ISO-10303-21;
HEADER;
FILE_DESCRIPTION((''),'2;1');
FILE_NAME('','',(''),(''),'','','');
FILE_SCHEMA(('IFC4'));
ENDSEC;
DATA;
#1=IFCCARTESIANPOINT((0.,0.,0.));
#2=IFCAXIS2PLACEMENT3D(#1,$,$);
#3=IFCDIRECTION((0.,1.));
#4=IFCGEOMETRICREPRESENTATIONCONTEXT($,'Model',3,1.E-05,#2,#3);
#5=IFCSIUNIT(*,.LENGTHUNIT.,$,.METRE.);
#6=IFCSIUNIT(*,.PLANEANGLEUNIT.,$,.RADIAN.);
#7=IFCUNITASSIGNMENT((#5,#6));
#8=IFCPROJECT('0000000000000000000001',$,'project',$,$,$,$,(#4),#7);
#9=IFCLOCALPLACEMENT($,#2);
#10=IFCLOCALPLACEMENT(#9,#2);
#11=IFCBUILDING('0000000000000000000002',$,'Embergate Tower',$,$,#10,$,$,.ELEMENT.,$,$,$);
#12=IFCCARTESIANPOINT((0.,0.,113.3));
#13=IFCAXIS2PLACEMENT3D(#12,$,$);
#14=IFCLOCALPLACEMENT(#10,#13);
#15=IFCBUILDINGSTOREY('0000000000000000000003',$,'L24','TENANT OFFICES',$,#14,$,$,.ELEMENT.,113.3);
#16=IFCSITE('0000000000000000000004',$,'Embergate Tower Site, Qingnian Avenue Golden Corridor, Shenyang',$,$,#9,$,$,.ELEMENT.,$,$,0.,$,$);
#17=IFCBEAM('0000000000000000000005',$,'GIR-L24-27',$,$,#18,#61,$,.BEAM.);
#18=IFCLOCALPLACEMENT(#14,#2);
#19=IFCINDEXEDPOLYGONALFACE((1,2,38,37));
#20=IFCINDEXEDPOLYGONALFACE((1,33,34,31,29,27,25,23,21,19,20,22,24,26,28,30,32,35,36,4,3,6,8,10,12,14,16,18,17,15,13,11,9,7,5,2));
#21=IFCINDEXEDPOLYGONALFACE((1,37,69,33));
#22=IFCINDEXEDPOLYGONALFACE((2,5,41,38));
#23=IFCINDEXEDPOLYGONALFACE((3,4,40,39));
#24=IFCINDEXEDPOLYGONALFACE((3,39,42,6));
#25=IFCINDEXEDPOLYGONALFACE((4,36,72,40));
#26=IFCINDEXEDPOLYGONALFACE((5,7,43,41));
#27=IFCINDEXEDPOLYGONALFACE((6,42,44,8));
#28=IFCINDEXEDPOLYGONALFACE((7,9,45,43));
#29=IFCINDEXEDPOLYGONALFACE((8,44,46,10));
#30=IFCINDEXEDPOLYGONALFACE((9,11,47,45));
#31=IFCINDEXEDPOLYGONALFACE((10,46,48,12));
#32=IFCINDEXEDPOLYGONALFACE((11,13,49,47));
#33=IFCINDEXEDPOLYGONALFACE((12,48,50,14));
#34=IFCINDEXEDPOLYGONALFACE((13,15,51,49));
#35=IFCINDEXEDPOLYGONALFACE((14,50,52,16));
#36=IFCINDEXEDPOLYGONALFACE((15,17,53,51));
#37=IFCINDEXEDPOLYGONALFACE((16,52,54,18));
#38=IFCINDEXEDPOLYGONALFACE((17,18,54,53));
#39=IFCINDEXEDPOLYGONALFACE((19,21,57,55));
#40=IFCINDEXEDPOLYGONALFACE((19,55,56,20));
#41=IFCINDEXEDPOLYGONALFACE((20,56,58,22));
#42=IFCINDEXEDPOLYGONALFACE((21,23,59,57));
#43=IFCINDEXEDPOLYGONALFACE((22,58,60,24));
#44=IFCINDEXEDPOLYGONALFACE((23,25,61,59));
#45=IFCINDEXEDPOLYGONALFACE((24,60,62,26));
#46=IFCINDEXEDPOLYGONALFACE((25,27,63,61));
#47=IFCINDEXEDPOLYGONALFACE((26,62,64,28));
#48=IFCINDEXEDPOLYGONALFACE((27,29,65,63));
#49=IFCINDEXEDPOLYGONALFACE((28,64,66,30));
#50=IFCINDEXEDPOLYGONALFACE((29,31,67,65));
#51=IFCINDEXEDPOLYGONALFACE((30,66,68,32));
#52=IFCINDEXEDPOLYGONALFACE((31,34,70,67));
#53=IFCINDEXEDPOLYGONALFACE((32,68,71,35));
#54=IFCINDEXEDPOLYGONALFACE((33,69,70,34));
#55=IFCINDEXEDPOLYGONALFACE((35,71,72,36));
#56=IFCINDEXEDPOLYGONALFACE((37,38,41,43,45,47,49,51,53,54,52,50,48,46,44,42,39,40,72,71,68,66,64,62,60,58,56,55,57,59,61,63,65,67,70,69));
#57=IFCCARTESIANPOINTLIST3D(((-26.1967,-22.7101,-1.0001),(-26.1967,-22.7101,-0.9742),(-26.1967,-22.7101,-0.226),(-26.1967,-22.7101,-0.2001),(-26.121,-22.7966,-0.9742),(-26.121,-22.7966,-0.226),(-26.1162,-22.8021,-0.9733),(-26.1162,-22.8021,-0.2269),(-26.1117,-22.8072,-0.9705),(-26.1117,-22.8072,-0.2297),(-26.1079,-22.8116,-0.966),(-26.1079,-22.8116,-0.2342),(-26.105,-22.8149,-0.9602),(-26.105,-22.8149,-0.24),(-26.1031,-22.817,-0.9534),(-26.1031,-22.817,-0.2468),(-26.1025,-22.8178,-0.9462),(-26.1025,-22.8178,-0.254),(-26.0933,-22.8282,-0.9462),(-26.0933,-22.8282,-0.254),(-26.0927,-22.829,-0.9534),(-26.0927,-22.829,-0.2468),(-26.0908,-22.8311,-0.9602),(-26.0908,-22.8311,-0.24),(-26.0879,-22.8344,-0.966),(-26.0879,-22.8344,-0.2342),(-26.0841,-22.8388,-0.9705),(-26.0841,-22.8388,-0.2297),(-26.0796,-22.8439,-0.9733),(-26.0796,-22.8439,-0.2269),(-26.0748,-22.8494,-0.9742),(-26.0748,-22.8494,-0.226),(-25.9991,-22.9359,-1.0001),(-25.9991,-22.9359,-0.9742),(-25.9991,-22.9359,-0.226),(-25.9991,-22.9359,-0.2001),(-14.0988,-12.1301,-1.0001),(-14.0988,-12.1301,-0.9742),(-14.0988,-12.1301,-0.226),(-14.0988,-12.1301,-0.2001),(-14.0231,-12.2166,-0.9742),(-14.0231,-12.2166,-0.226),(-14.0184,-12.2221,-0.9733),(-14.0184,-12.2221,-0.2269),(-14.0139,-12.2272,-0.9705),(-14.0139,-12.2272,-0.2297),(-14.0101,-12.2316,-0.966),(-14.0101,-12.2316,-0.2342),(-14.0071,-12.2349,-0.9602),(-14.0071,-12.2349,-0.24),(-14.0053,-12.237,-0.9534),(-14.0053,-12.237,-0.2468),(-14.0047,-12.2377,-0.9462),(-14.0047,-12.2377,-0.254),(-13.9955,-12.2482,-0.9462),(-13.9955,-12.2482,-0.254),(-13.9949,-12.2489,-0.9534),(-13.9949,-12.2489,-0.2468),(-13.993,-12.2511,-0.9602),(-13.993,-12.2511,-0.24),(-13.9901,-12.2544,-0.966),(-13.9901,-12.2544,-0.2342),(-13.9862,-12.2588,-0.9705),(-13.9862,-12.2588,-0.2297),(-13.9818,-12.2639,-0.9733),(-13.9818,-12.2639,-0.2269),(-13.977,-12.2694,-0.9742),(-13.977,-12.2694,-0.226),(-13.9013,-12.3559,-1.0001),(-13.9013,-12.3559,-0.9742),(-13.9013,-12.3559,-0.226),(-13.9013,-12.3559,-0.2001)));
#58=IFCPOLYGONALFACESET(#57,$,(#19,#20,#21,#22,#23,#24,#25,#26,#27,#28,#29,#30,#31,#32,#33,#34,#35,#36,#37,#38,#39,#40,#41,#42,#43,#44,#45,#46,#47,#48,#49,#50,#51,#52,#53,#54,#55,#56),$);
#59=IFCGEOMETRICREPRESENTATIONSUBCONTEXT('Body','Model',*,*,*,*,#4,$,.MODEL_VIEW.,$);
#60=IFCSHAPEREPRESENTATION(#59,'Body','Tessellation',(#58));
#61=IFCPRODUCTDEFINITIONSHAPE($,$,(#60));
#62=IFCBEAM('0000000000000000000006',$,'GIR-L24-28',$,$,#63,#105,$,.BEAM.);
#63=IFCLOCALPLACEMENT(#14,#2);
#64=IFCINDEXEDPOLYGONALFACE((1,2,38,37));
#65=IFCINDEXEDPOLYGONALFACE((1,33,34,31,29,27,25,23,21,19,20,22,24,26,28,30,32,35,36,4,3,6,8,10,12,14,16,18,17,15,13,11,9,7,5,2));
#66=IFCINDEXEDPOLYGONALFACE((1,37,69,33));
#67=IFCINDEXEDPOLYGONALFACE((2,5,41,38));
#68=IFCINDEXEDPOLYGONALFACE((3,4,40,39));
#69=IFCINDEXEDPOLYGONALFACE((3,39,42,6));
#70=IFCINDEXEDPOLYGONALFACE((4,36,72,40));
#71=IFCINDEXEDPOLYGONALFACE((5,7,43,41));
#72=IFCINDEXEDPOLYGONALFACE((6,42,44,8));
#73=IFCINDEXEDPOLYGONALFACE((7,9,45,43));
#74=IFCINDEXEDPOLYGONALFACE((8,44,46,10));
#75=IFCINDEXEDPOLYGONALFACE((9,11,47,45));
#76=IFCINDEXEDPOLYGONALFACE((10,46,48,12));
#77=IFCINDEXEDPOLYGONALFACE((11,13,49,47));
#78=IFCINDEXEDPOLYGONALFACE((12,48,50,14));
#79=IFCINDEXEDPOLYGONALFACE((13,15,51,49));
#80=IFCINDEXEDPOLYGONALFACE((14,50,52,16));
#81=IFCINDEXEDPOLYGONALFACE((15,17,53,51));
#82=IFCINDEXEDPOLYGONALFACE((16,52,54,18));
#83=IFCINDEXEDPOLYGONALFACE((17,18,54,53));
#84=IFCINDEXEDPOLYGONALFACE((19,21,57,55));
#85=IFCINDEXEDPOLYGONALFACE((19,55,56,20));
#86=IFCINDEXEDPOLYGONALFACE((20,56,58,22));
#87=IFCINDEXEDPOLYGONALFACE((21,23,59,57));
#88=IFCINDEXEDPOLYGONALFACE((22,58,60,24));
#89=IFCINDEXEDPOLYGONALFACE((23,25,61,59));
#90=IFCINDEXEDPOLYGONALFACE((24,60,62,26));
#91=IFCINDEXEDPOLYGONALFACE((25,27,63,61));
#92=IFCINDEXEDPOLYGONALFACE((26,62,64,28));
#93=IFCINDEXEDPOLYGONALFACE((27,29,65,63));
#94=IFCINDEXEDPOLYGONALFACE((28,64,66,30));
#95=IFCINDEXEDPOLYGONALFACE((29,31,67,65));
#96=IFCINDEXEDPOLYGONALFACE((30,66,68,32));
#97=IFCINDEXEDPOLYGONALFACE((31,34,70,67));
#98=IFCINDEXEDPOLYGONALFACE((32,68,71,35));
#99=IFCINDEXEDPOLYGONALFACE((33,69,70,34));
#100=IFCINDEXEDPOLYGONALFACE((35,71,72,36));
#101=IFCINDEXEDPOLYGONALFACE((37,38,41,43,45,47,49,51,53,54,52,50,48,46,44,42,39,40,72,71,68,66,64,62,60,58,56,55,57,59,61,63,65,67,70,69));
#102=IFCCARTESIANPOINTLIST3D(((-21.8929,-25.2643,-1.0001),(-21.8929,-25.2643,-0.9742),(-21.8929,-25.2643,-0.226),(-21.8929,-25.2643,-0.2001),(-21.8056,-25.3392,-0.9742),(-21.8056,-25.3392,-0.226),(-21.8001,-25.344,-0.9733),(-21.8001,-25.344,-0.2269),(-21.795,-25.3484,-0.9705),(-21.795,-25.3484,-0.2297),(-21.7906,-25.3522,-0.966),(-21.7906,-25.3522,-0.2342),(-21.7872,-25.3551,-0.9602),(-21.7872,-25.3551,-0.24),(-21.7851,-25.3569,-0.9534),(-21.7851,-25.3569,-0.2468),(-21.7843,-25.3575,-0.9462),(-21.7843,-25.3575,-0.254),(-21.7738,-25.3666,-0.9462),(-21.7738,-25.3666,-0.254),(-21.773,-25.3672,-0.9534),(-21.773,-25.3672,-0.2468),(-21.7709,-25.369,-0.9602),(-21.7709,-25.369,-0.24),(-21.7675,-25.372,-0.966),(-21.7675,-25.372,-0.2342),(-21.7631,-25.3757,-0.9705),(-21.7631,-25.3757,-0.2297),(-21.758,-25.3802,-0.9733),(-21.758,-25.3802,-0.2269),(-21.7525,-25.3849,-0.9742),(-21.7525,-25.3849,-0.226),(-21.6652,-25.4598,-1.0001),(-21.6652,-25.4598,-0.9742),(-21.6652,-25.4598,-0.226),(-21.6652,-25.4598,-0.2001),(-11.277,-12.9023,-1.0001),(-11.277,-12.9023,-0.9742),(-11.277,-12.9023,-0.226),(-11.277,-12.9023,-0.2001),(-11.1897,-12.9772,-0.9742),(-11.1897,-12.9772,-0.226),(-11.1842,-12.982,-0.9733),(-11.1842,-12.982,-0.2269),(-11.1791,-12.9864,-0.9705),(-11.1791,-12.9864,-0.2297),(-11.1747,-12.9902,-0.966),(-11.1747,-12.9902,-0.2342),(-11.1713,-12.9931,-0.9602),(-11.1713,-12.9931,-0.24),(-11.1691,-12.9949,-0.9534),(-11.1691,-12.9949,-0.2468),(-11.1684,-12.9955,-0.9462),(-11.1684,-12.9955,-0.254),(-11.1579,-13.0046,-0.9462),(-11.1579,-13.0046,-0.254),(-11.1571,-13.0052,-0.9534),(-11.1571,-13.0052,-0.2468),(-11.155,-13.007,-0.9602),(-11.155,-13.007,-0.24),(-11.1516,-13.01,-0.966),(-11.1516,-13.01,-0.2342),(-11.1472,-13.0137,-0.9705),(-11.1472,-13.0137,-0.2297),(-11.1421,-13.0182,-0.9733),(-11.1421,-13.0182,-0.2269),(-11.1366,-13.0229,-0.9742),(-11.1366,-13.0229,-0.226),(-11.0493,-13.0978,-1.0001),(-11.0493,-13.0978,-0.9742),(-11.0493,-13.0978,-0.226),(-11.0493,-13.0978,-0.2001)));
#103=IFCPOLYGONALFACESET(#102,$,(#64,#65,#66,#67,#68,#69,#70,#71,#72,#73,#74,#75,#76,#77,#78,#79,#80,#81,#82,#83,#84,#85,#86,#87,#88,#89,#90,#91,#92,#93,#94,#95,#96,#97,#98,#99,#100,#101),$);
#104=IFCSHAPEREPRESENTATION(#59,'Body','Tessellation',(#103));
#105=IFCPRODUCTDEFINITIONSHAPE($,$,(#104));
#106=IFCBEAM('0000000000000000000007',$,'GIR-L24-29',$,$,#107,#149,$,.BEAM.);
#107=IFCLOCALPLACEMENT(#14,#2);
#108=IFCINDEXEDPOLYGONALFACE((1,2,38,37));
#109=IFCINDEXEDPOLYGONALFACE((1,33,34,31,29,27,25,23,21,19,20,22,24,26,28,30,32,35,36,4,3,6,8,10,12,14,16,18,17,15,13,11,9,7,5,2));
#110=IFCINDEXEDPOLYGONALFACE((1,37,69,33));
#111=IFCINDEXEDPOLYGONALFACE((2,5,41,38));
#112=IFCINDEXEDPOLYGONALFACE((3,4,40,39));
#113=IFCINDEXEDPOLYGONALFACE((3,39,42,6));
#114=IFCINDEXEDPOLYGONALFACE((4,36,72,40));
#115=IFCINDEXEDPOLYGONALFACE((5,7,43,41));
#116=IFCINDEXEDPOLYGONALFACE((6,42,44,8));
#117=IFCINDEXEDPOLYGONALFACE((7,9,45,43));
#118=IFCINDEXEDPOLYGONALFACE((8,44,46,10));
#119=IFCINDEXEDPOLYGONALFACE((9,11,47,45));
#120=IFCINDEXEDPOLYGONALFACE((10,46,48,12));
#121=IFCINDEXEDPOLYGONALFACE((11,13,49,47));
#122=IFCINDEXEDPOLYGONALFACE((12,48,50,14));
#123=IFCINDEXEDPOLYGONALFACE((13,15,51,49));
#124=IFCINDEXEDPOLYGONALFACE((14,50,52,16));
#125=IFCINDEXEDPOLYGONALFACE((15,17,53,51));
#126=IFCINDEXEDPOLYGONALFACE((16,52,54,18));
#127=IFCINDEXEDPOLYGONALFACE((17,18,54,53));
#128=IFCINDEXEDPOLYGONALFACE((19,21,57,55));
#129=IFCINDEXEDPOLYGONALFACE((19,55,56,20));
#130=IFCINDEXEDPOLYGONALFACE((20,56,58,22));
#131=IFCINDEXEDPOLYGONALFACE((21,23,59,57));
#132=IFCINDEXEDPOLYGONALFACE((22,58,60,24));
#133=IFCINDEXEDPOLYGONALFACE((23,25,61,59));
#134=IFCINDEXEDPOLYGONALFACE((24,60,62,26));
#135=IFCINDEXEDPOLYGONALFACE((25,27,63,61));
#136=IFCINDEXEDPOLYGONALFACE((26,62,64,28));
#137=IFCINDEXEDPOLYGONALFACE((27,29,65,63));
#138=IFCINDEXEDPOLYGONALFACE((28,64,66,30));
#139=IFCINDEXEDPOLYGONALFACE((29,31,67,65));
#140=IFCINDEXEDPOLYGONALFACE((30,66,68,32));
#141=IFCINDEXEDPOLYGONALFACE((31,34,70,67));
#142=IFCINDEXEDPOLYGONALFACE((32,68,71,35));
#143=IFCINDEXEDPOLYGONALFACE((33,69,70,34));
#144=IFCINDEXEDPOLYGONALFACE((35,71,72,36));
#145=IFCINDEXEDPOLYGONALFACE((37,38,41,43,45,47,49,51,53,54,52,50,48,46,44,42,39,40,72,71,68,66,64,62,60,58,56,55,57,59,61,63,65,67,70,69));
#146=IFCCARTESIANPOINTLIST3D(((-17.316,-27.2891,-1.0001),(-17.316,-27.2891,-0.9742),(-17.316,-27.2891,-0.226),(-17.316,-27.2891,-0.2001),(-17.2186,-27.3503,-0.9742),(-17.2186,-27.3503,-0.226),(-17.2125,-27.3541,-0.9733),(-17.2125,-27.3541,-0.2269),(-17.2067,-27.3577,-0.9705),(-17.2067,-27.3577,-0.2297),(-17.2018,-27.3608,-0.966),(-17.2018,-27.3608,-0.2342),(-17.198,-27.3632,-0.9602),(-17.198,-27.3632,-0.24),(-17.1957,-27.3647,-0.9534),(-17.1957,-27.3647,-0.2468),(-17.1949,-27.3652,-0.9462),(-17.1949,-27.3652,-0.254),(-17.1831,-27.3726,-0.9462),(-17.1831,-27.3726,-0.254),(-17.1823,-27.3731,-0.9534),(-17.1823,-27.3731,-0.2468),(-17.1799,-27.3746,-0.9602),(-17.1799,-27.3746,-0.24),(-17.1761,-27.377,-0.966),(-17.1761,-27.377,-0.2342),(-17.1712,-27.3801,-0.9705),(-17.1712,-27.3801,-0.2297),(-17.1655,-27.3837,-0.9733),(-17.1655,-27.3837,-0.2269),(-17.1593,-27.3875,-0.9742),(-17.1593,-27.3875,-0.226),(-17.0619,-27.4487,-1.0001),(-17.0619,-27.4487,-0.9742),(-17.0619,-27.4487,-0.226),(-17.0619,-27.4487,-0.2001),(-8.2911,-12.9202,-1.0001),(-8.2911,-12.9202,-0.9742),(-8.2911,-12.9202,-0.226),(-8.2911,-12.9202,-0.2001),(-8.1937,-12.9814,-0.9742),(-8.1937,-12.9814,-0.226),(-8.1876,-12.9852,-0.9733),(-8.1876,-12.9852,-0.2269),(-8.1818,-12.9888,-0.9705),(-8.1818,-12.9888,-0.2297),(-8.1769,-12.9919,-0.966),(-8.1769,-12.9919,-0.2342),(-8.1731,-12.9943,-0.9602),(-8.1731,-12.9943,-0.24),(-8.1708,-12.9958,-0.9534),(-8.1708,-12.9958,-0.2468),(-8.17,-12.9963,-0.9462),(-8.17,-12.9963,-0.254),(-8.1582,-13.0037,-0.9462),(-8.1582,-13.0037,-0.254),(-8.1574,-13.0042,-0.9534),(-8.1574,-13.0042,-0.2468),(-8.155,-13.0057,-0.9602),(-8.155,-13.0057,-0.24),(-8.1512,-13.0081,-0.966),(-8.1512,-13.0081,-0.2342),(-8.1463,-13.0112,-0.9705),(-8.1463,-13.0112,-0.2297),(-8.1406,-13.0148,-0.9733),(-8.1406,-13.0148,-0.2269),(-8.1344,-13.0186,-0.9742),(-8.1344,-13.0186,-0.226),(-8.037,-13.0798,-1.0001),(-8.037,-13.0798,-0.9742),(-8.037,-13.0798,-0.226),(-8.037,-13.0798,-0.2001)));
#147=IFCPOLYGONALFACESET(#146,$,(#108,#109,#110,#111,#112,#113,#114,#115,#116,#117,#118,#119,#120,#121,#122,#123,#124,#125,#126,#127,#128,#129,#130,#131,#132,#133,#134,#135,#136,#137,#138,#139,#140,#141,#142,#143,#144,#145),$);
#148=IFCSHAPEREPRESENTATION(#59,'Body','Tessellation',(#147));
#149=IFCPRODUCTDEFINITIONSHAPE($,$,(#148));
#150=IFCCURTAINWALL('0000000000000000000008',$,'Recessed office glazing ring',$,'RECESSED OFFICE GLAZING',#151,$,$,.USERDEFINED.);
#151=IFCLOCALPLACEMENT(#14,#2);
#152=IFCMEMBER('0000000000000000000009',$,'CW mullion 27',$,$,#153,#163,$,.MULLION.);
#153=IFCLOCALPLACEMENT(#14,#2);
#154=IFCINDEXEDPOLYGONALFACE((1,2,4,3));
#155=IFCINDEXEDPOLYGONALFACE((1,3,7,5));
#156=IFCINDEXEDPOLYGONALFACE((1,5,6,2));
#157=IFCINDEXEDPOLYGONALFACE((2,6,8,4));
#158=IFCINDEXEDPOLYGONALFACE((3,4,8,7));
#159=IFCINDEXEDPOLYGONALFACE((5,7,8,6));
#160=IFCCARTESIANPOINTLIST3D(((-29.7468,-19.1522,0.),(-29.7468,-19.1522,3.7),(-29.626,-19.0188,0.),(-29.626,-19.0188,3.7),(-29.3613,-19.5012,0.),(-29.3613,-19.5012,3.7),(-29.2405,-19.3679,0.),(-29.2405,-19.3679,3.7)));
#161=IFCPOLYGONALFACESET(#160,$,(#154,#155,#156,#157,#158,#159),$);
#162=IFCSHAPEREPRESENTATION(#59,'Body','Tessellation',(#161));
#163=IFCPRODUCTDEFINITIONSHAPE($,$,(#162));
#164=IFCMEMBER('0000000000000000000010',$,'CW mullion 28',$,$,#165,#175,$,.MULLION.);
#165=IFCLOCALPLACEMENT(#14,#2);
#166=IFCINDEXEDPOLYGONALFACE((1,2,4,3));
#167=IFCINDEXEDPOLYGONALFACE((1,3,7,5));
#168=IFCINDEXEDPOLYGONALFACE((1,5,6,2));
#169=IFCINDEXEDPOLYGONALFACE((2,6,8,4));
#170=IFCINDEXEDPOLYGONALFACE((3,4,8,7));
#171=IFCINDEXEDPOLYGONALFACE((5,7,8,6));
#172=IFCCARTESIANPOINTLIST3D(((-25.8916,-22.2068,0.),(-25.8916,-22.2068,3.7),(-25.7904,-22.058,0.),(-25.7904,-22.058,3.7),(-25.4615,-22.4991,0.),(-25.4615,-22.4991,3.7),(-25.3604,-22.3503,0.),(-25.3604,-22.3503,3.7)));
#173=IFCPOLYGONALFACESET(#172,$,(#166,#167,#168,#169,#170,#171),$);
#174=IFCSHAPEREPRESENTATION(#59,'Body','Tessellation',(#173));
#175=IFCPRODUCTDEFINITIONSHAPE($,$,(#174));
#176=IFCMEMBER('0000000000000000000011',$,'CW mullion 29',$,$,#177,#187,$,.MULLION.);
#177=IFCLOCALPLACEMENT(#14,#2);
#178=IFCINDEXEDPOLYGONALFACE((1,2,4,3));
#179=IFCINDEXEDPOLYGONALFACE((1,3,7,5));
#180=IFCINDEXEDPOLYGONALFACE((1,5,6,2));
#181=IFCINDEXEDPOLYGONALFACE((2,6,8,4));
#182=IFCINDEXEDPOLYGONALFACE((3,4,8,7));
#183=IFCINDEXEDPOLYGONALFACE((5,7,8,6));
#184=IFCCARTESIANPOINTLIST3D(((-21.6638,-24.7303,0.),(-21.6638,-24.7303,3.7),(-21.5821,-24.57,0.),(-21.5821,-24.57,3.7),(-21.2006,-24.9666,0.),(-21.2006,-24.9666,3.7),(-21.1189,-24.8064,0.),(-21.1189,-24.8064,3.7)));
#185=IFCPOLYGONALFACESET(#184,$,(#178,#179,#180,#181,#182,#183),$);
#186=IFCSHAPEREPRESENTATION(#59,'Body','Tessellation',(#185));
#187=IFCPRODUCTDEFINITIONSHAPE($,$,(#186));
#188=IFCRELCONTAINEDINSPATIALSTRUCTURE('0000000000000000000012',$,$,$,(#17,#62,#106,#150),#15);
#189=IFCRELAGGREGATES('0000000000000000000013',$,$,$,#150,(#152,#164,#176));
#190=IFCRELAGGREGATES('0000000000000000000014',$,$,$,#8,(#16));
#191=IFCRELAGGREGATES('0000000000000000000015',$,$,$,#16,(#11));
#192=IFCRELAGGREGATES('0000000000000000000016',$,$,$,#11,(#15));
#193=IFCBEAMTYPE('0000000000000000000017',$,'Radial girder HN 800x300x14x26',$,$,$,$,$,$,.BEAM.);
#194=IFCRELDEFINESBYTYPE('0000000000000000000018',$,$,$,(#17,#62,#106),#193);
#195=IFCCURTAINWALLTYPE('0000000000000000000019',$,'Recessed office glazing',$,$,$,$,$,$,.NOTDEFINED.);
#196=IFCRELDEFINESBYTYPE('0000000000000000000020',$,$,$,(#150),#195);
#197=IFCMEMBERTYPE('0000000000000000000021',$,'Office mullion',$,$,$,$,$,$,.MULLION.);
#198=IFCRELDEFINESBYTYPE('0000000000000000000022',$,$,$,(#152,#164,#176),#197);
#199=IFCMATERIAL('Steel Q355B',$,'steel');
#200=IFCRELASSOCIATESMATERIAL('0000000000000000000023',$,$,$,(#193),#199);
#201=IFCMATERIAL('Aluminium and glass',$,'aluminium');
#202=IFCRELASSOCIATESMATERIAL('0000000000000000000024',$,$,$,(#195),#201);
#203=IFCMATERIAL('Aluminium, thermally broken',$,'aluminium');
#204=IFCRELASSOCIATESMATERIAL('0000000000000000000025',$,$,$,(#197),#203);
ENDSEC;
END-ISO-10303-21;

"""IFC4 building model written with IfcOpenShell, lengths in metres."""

from ifc_helpers import new_model, si_unit, direction, frame, origin, origin_2d, place, context, subcontext, project, spatial, rectangle, i_section, extrude, source, transform, mapped, material, material_profile, profile_set, type_object, element, aggregate, save


model = new_model("IFC4")

# Units and contexts
model_context = context("Model", 3, precision=1e-05, world=origin(), true_north=direction((0.0, 1.0)))
body_context = subcontext(model_context, "Body", "Model", "MODEL_VIEW")
ifc_project = project(units=[si_unit("LENGTHUNIT", "METRE"), si_unit("PLANEANGLEUNIT", "RADIAN")], contexts=[model_context])

# Site, building, storey
site_placement = place(None, origin())
site = spatial("IfcSite", under=ifc_project, at=site_placement, Name="Embergate Tower Site, Qingnian Avenue Golden Corridor, Shenyang", CompositionType="ELEMENT", RefElevation=0.0)
building_placement = place(site_placement, origin())
building = spatial("IfcBuilding", under=site, at=building_placement, Name="Embergate Tower", CompositionType="ELEMENT")
storey_placement = place(building_placement, frame((0.0, 0.0, 113.3)))
storey = spatial("IfcBuildingStorey", under=building, at=storey_placement, Name="L24", Description="TENANT OFFICES", CompositionType="ELEMENT", Elevation=113.3)

# Beams
ifc_material_1 = material(Name="Steel Q355B", Category="steel")
ifc_material_profile_1 = material_profile(ifc_material_1, i_section(OverallWidth=0.3, OverallDepth=0.8, WebThickness=0.0139, FlangeThickness=0.0259, FilletRadius=0.0281, at=origin_2d()), Name="HN 800x300x14x26")
ifc_profile_set_1 = profile_set([ifc_material_profile_1], Name="Steel Q355 grade B")
beam_type_1 = type_object("IfcBeamType", Name="Radial girder HN 800x300x14x26", PredefinedType="BEAM", material=ifc_profile_set_1)
shared_shape_1 = source(origin(), body_context, "Body", "SweptSolid", [
    extrude(i_section(OverallWidth=0.3, OverallDepth=0.8, WebThickness=0.0139, FlangeThickness=0.0259, FilletRadius=0.0281, at=origin_2d()), origin(), (0.0, 0.0, 1.0), 16.0715),
])
beam_1_placement = place(storey_placement, frame((-26.0979, -22.823, -0.6001), z_axis=(0.752749, 0.658308, 0.0), x_axis=(-0.658308, 0.752749, 0.0)))
element("IfcBeam", 1, at=beam_1_placement, inside=storey, type_object=beam_type_1, Name="GIR-L24-27", PredefinedType="BEAM", context=body_context, shape_type="MappedRepresentation", body=[
    mapped(shared_shape_1, transform((0.0, 0.0, 0.0))),
])
shared_shape_2 = source(origin(), body_context, "Body", "SweptSolid", [
    extrude(i_section(OverallWidth=0.3, OverallDepth=0.8, WebThickness=0.0139, FlangeThickness=0.0259, FilletRadius=0.0281, at=origin_2d()), origin(), (0.0, 0.0, 1.0), 16.2947),
])
beam_2_placement = place(storey_placement, frame((-21.7791, -25.3621, -0.6001), z_axis=(0.651496, 0.758652, 0.0), x_axis=(-0.758652, 0.651496, 0.0)))
element("IfcBeam", 2, at=beam_2_placement, inside=storey, type_object=beam_type_1, Name="GIR-L24-28", PredefinedType="BEAM", context=body_context, shape_type="MappedRepresentation", body=[
    mapped(shared_shape_2, transform((0.0, 0.0, 0.0))),
])
shared_shape_3 = source(origin(), body_context, "Body", "SweptSolid", [
    extrude(i_section(OverallWidth=0.3, OverallDepth=0.8, WebThickness=0.0139, FlangeThickness=0.0259, FilletRadius=0.0281, at=origin_2d()), origin(), (0.0, 0.0, 1.0), 16.968),
])
beam_3_placement = place(storey_placement, frame((-17.189, -27.3689, -0.6001), z_axis=(0.531877, 0.846822, 0.0), x_axis=(-0.846822, 0.531877, 0.0)))
element("IfcBeam", 3, at=beam_3_placement, inside=storey, type_object=beam_type_1, Name="GIR-L24-29", PredefinedType="BEAM", context=body_context, shape_type="MappedRepresentation", body=[
    mapped(shared_shape_3, transform((0.0, 0.0, 0.0))),
])

# Curtain wall, members
ifc_material_2 = material(Name="Aluminium and glass", Category="aluminium")
curtain_wall_type = type_object("IfcCurtainWallType", Name="Recessed office glazing", PredefinedType="NOTDEFINED", material=ifc_material_2)
curtain_wall_placement = place(storey_placement, origin())
curtain_wall = element("IfcCurtainWall", 4, at=curtain_wall_placement, inside=storey, type_object=curtain_wall_type, Name="Recessed office glazing ring", ObjectType="RECESSED OFFICE GLAZING", PredefinedType="USERDEFINED")
ifc_material_3 = material(Name="Aluminium, thermally broken", Category="aluminium")
ifc_material_profile_2 = material_profile(ifc_material_3, rectangle(XDim=0.1799, YDim=0.52, at=origin_2d()), Name="AL 520x180")
ifc_profile_set_2 = profile_set([ifc_material_profile_2], Name="Aluminium, thermally broken")
member_type_1 = type_object("IfcMemberType", Name="Office mullion", PredefinedType="MULLION", material=ifc_profile_set_2)
shared_shape_4 = source(origin(), body_context, "Body", "SweptSolid", [
    extrude(rectangle(XDim=0.1799, YDim=0.52, at=origin_2d()), origin(), (0.0, 0.0, 1.0), 3.7),
])
member_1_placement = place(storey_placement, frame((-29.4937, -19.26, 0.0), z_axis=(0.0, 0.0, 1.0), x_axis=(0.671233, 0.741246, 0.0)))
member_1 = element("IfcMember", 5, at=member_1_placement, type_object=member_type_1, Name="CW mullion 27", PredefinedType="MULLION", context=body_context, shape_type="MappedRepresentation", body=[
    mapped(shared_shape_4, transform((0.0, 0.0, 0.0))),
])
member_2_placement = place(storey_placement, frame((-25.626, -22.2786, 0.0), z_axis=(0.0, 0.0, 1.0), x_axis=(0.562223, 0.826985, 0.0)))
member_2 = element("IfcMember", 6, at=member_2_placement, type_object=member_type_1, Name="CW mullion 28", PredefinedType="MULLION", context=body_context, shape_type="MappedRepresentation", body=[
    mapped(shared_shape_4, transform((0.0, 0.0, 0.0))),
])
member_3_placement = place(storey_placement, frame((-21.3914, -24.7683, 0.0), z_axis=(0.0, 0.0, 1.0), x_axis=(0.454516, 0.890739, 0.0)))
member_3 = element("IfcMember", 7, at=member_3_placement, type_object=member_type_1, Name="CW mullion 29", PredefinedType="MULLION", context=body_context, shape_type="MappedRepresentation", body=[
    mapped(shared_shape_4, transform((0.0, 0.0, 0.0))),
])
aggregate(curtain_wall, [member_1, member_2, member_3])

save(model, "model.ifc")
